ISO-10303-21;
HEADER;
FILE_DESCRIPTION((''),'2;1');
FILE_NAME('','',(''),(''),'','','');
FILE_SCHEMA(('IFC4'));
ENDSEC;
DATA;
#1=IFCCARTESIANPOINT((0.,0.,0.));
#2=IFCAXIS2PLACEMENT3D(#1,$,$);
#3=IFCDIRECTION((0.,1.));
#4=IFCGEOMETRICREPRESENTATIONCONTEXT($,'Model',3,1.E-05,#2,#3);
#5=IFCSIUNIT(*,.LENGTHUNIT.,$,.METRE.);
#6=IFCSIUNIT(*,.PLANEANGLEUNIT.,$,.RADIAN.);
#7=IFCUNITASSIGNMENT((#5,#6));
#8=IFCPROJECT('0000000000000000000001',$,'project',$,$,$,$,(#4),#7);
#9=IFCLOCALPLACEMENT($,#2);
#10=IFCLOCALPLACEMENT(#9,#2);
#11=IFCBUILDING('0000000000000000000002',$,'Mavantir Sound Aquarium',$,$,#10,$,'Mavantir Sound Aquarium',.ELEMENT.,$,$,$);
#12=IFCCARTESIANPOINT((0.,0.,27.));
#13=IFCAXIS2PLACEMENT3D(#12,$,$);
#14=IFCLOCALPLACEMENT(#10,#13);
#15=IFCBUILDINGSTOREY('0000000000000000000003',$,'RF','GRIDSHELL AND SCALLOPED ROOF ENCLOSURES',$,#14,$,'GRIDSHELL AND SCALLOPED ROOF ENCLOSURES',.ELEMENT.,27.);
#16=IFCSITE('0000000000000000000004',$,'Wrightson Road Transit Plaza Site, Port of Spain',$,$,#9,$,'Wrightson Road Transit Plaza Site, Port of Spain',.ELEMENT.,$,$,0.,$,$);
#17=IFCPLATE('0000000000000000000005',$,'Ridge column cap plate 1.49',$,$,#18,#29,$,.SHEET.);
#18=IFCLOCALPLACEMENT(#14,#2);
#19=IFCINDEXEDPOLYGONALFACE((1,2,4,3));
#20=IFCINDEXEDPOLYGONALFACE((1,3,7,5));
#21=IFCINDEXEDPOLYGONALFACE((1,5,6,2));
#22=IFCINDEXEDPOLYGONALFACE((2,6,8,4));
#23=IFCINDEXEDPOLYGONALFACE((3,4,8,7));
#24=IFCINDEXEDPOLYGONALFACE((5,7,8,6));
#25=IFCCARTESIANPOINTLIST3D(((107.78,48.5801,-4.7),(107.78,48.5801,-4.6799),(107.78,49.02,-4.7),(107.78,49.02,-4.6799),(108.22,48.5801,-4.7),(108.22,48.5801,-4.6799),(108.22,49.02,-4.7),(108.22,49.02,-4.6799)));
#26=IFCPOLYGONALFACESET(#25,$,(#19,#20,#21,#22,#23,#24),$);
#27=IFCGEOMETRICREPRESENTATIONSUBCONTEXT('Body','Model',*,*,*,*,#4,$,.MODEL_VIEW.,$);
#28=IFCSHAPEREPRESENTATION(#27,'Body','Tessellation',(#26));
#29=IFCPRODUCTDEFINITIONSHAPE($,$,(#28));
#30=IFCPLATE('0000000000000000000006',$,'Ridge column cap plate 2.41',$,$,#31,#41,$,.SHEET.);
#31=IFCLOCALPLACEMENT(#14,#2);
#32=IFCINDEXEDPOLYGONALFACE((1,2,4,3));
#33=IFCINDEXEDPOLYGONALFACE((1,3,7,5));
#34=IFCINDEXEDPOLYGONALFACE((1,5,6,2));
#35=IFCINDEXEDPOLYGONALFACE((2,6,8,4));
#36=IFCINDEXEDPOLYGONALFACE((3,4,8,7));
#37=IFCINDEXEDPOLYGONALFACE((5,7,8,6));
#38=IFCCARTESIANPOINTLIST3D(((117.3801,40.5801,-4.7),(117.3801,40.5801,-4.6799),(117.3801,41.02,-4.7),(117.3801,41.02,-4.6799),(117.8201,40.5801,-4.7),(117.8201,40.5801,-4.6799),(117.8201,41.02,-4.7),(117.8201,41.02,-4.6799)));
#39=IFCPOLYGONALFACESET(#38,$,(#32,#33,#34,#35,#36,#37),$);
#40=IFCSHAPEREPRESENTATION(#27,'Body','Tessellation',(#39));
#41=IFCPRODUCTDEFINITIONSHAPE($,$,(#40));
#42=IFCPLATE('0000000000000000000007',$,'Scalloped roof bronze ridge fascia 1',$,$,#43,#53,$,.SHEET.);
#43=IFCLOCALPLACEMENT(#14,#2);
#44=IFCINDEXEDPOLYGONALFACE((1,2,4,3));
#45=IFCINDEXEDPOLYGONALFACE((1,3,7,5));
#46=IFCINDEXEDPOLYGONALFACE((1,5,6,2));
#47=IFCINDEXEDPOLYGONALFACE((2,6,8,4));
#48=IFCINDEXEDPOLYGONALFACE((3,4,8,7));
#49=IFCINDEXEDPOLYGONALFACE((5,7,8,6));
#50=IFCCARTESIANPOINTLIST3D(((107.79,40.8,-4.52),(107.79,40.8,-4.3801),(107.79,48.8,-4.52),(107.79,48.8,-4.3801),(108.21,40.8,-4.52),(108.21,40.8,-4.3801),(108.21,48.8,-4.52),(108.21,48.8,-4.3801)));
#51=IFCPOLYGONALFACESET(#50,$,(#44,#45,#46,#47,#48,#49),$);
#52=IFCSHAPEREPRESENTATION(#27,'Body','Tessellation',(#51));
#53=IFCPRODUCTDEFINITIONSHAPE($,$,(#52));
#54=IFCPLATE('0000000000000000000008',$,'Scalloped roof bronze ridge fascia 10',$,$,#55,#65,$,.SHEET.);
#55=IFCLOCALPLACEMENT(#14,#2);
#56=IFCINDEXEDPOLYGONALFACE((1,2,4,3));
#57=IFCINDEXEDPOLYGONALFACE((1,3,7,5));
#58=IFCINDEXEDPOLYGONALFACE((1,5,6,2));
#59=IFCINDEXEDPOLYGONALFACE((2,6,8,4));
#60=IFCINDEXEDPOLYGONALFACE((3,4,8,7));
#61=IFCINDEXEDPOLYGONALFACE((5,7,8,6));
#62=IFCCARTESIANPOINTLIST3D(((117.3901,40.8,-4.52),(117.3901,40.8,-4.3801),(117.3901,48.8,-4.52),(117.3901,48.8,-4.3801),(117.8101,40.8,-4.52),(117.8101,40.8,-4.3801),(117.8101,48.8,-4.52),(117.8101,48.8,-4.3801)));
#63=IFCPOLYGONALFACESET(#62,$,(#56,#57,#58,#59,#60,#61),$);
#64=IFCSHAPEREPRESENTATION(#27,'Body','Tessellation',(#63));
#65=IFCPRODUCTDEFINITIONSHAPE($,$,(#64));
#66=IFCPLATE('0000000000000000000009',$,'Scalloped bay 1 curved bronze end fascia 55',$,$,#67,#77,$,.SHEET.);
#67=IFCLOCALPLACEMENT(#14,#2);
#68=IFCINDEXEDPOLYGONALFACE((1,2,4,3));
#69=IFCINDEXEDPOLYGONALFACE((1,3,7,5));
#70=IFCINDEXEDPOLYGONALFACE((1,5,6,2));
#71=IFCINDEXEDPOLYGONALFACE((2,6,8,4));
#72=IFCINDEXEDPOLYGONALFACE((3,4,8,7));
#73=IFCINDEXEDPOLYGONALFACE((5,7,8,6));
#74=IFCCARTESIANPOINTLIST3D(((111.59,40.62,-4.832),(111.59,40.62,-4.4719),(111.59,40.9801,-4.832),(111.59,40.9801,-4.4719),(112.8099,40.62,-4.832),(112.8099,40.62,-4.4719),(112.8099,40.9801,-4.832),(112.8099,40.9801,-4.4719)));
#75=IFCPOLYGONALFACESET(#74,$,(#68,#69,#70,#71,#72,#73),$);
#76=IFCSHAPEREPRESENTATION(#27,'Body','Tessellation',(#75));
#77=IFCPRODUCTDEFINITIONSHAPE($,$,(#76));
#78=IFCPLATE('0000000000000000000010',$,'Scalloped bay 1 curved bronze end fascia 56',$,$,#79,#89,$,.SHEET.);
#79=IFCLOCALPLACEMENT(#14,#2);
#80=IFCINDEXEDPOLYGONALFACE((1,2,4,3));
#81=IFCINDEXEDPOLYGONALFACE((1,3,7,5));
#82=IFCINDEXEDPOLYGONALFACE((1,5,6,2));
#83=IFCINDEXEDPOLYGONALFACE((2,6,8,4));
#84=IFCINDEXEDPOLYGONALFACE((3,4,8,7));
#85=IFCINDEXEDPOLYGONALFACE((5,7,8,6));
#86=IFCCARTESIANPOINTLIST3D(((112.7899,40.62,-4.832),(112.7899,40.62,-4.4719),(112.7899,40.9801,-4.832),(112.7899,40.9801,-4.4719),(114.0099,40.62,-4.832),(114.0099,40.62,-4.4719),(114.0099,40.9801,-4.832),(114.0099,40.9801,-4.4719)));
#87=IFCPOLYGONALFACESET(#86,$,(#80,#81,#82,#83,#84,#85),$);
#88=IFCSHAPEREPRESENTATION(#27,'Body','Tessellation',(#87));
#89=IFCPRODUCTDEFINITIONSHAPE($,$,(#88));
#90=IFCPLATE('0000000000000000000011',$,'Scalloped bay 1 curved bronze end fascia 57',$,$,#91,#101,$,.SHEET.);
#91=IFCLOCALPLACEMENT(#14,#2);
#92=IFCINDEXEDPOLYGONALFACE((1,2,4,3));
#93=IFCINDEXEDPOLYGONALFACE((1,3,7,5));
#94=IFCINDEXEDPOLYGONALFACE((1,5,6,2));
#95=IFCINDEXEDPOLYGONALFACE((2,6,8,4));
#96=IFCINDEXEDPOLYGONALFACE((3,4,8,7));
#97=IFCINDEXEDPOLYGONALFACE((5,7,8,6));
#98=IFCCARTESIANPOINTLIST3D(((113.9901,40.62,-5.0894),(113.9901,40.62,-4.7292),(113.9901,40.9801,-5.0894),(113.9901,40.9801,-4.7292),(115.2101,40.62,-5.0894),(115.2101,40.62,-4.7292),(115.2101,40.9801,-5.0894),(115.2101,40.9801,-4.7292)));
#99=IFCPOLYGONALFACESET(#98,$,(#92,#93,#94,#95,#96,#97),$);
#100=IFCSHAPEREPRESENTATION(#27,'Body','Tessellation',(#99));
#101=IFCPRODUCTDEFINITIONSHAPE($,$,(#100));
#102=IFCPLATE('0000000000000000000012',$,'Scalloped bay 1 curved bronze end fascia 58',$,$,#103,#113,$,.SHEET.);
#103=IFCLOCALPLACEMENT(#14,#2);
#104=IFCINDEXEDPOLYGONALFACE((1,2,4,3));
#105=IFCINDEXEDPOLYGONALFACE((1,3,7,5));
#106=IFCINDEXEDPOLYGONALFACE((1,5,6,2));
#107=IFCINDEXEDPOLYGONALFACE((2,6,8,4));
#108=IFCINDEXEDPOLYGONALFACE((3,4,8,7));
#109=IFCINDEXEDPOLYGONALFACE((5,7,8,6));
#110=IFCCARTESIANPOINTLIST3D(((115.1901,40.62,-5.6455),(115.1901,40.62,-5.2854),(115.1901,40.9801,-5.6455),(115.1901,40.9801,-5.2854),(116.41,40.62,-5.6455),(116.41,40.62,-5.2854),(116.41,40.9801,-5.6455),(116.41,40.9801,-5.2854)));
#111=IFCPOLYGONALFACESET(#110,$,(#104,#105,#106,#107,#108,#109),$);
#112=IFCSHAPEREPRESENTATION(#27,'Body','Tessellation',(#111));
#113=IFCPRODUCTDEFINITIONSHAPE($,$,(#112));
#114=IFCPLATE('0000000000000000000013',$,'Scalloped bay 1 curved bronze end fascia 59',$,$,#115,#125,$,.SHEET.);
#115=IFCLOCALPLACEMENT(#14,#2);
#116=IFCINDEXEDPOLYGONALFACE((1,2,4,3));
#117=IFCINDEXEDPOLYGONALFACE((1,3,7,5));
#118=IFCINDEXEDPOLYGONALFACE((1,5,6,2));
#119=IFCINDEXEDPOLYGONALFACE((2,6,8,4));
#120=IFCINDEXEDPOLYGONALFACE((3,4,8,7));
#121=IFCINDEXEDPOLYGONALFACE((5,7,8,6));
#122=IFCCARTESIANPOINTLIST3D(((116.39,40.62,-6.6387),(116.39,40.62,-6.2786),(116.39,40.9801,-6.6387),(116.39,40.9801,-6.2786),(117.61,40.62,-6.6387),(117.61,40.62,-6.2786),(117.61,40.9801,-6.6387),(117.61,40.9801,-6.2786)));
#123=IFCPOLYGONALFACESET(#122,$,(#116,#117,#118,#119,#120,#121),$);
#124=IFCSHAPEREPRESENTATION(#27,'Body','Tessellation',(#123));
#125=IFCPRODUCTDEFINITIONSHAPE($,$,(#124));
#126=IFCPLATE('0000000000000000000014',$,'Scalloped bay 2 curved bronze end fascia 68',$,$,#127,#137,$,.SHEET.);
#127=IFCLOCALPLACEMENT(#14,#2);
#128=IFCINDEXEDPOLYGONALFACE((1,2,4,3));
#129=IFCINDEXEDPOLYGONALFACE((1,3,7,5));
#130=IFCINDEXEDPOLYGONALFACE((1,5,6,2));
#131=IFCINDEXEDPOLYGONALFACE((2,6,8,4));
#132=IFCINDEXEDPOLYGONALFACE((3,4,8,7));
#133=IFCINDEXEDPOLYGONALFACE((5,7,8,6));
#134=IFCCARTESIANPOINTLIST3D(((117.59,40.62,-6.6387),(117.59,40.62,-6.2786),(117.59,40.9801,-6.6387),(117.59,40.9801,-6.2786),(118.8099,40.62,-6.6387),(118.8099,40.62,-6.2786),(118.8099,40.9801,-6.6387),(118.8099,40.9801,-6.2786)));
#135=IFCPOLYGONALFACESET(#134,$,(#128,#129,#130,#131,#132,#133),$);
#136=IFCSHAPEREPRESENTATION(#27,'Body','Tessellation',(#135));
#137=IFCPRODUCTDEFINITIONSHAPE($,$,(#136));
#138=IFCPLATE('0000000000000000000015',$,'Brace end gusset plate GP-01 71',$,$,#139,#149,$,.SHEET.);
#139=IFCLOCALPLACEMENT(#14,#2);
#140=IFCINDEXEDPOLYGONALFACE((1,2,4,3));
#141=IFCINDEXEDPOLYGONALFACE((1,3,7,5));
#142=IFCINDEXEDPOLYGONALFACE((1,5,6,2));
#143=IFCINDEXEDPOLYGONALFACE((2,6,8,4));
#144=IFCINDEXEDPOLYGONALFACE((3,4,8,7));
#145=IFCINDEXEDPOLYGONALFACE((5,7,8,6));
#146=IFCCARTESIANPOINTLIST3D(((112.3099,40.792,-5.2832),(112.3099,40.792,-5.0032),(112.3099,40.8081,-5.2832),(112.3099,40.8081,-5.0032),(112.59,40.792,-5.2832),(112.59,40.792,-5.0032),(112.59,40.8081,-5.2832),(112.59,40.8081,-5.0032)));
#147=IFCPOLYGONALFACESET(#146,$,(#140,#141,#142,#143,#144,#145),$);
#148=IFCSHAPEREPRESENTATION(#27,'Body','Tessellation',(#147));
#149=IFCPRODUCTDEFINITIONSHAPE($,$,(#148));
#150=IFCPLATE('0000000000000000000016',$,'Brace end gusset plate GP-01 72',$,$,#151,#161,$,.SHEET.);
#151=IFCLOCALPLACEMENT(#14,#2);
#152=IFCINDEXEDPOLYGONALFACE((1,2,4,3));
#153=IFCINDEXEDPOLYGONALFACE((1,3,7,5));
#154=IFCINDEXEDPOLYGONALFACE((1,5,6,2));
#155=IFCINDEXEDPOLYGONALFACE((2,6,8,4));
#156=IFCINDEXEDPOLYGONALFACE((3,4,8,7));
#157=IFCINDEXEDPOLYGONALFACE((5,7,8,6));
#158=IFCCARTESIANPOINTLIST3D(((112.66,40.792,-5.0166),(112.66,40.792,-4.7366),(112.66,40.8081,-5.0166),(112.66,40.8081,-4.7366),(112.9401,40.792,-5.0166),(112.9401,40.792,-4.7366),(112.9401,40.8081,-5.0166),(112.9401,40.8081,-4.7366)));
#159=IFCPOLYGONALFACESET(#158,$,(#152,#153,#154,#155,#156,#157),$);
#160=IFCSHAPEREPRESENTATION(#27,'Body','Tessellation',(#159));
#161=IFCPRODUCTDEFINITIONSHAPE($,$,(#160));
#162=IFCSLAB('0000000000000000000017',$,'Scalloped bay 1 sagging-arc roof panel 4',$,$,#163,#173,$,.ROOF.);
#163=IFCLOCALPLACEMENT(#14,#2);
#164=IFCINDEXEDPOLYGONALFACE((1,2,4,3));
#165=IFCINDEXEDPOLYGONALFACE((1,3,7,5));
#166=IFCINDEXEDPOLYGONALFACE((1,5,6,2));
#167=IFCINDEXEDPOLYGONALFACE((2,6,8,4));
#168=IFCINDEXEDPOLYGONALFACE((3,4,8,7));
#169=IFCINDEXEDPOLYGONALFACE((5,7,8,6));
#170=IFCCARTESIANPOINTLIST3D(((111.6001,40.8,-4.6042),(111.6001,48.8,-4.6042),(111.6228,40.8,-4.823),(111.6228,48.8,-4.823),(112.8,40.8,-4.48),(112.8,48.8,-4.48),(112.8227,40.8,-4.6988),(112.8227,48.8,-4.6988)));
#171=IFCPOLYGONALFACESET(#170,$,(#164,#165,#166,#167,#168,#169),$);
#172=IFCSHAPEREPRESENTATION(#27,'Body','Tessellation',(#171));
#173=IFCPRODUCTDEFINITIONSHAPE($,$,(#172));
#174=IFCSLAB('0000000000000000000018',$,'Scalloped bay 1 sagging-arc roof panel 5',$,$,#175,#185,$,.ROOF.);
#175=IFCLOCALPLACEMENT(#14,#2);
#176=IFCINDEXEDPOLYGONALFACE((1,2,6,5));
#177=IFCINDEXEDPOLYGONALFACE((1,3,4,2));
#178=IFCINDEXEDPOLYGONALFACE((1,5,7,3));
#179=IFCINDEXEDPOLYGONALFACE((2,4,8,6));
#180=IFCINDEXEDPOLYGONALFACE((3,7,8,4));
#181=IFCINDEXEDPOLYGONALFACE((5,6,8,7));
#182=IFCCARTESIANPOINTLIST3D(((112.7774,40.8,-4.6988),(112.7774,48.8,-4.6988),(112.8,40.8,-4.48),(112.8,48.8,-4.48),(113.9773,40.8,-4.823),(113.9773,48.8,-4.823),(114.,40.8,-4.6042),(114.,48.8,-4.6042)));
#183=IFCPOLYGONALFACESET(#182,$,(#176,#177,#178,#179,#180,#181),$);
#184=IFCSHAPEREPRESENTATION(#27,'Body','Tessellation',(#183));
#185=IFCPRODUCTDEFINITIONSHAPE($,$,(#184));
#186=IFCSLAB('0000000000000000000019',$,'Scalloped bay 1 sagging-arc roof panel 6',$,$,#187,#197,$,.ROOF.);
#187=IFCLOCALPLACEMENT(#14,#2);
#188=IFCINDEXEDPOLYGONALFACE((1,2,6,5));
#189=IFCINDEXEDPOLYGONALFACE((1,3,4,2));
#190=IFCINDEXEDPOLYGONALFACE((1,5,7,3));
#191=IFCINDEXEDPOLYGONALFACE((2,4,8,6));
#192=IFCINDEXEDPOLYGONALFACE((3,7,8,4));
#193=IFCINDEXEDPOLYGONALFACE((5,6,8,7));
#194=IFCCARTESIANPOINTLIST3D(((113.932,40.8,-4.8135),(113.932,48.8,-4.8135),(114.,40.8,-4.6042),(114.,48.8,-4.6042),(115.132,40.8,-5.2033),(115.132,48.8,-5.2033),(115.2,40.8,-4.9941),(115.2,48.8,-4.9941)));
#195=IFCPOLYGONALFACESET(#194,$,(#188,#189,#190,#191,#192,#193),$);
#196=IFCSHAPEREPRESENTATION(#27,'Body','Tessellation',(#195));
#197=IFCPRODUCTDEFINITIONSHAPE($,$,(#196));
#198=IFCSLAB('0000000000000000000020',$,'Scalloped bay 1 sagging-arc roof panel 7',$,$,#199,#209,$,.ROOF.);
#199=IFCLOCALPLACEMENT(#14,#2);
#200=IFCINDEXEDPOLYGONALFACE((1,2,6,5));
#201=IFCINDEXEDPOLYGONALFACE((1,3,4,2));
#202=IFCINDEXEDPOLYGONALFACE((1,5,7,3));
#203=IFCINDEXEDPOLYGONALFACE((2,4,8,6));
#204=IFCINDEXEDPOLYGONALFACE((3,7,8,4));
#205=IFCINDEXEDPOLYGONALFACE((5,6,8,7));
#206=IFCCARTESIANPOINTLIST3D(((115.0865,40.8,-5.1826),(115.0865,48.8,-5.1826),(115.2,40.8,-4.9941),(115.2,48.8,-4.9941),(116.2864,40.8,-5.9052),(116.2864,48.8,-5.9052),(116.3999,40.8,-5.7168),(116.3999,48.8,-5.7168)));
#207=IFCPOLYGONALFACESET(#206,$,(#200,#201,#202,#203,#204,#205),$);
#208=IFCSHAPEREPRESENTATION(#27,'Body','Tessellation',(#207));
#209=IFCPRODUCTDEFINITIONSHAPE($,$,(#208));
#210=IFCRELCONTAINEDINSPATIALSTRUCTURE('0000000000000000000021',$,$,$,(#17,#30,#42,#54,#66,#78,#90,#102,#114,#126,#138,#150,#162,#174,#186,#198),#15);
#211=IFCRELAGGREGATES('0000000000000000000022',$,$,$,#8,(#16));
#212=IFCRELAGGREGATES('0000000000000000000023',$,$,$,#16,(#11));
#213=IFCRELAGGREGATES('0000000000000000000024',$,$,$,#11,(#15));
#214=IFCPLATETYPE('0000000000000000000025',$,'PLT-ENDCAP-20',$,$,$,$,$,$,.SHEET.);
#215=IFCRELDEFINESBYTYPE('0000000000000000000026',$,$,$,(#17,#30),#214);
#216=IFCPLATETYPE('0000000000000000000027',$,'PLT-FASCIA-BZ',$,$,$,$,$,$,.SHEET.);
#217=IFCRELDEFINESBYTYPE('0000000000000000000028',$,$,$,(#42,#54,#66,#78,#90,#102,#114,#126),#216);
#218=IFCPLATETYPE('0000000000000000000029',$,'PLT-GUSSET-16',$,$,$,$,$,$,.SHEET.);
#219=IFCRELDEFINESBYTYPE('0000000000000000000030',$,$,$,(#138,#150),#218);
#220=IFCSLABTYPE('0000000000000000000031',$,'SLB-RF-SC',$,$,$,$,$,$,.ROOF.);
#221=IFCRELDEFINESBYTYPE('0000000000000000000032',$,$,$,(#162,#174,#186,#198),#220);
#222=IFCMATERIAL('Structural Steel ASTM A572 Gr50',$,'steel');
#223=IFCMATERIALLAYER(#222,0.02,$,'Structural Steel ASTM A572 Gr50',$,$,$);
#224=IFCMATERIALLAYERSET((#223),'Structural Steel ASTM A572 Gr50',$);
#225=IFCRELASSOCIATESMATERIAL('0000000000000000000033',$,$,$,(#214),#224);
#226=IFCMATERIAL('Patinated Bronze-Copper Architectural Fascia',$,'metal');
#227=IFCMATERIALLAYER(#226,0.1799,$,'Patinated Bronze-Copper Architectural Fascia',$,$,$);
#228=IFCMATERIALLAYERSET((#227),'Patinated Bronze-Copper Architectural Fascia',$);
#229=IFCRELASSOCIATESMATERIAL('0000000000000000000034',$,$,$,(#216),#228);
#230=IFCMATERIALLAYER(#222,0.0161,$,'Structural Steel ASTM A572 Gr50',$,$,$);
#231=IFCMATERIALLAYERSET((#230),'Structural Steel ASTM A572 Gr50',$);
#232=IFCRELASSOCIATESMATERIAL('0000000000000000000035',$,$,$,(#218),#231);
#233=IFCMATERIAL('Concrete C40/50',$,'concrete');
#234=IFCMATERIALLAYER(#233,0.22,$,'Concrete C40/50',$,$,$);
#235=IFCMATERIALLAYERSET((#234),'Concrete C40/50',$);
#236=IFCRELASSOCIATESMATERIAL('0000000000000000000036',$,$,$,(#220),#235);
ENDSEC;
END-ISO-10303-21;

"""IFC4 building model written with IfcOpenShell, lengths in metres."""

from ifc_helpers import new_model, si_unit, direction, frame, origin, origin_2d, place, context, subcontext, project, spatial, polyline, rectangle, outline, extrude, material, layer, layer_set, type_object, element, save


model = new_model("IFC4")

# Units and contexts
model_context = context("Model", 3, precision=1e-05, world=origin(), true_north=direction((0.0, 1.0)))
body_context = subcontext(model_context, "Body", "Model", "MODEL_VIEW")
ifc_project = project(units=[si_unit("LENGTHUNIT", "METRE"), si_unit("PLANEANGLEUNIT", "RADIAN")], contexts=[model_context])

# Site, building, storey
site_placement = place(None, origin())
site = spatial("IfcSite", under=ifc_project, at=site_placement, Name="Wrightson Road Transit Plaza Site, Port of Spain", LongName="Wrightson Road Transit Plaza Site, Port of Spain", CompositionType="ELEMENT", RefElevation=0.0)
building_placement = place(site_placement, origin())
building = spatial("IfcBuilding", under=site, at=building_placement, Name="Mavantir Sound Aquarium", LongName="Mavantir Sound Aquarium", CompositionType="ELEMENT")
storey_placement = place(building_placement, frame((0.0, 0.0, 27.0)))
storey = spatial("IfcBuildingStorey", under=building, at=storey_placement, Name="RF", Description="GRIDSHELL AND SCALLOPED ROOF ENCLOSURES", LongName="GRIDSHELL AND SCALLOPED ROOF ENCLOSURES", CompositionType="ELEMENT", Elevation=27.0)

# Shared definitions
ifc_material_1 = material(Name="Concrete C40/50", Category="concrete")

# Plates
ifc_material_2 = material(Name="Structural Steel ASTM A572 Gr50", Category="steel")
ifc_layer_1 = layer(ifc_material_2, 0.02, Name="Structural Steel ASTM A572 Gr50")
ifc_layer_set_1 = layer_set([ifc_layer_1], Name="Structural Steel ASTM A572 Gr50")
plate_type_1 = type_object("IfcPlateType", Name="PLT-ENDCAP-20", PredefinedType="SHEET", material=ifc_layer_set_1)
for number, where, z_axis, x_axis, name in (
    (1, (108.0, 48.8, -4.7), (0.0, 0.0, 1.0), (1.0, 0.0, 0.0), "Ridge column cap plate 1.49"),
    (2, (117.6001, 40.8, -4.7), (0.0, 0.0, 1.0), (1.0, 0.0, 0.0), "Ridge column cap plate 2.41"),
):
    element("IfcPlate", number, at=place(storey_placement, frame(where, z_axis=z_axis, x_axis=x_axis)), inside=storey, type_object=plate_type_1, Name=name, PredefinedType="SHEET", context=body_context, shape_type="SweptSolid", body=[
        extrude(rectangle(XDim=0.4399, YDim=0.4399, at=origin_2d()), origin(), (0.0, 0.0, 1.0), 0.02),
    ])
ifc_material_3 = material(Name="Patinated Bronze-Copper Architectural Fascia", Category="metal")
ifc_layer_2 = layer(ifc_material_3, 0.1799, Name="Patinated Bronze-Copper Architectural Fascia")
ifc_layer_set_2 = layer_set([ifc_layer_2], Name="Patinated Bronze-Copper Architectural Fascia")
plate_type_2 = type_object("IfcPlateType", Name="PLT-FASCIA-BZ", PredefinedType="SHEET", material=ifc_layer_set_2)
for number, where, z_axis, x_axis, name in (
    (3, (108.0, 44.8, -4.52), (0.0, 0.0, 1.0), (1.0, 0.0, 0.0), "Scalloped roof bronze ridge fascia 1"),
    (4, (117.6001, 44.8, -4.52), (0.0, 0.0, 1.0), (1.0, 0.0, 0.0), "Scalloped roof bronze ridge fascia 10"),
):
    element("IfcPlate", number, at=place(storey_placement, frame(where, z_axis=z_axis, x_axis=x_axis)), inside=storey, type_object=plate_type_2, Name=name, PredefinedType="SHEET", context=body_context, shape_type="SweptSolid", body=[
        extrude(rectangle(XDim=0.4199, YDim=8.0, at=origin_2d()), origin(), (0.0, 0.0, 1.0), 0.1399),
    ])
for number, where, z_axis, x_axis, name in (
    (5, (112.2, 40.8, -4.832), (0.0, 0.0, 1.0), (1.0, 0.0, 0.0), "Scalloped bay 1 curved bronze end fascia 55"),
    (6, (113.3999, 40.8, -4.832), (0.0, 0.0, 1.0), (1.0, 0.0, 0.0), "Scalloped bay 1 curved bronze end fascia 56"),
    (7, (114.6001, 40.8, -5.0894), (0.0, 0.0, 1.0), (1.0, 0.0, 0.0), "Scalloped bay 1 curved bronze end fascia 57"),
    (8, (115.8, 40.8, -5.6455), (0.0, 0.0, 1.0), (1.0, 0.0, 0.0), "Scalloped bay 1 curved bronze end fascia 58"),
    (9, (117.0, 40.8, -6.6387), (0.0, 0.0, 1.0), (1.0, 0.0, 0.0), "Scalloped bay 1 curved bronze end fascia 59"),
    (10, (118.2, 40.8, -6.6387), (0.0, 0.0, 1.0), (1.0, 0.0, 0.0), "Scalloped bay 2 curved bronze end fascia 68"),
):
    element("IfcPlate", number, at=place(storey_placement, frame(where, z_axis=z_axis, x_axis=x_axis)), inside=storey, type_object=plate_type_2, Name=name, PredefinedType="SHEET", context=body_context, shape_type="SweptSolid", body=[
        extrude(rectangle(XDim=1.22, YDim=0.3601, at=origin_2d()), origin(), (0.0, 0.0, 1.0), 0.3601),
    ])
ifc_layer_3 = layer(ifc_material_2, 0.0161, Name="Structural Steel ASTM A572 Gr50")
ifc_layer_set_3 = layer_set([ifc_layer_3], Name="Structural Steel ASTM A572 Gr50")
plate_type_3 = type_object("IfcPlateType", Name="PLT-GUSSET-16", PredefinedType="SHEET", material=ifc_layer_set_3)
for number, where, z_axis, x_axis, name in (
    (11, (112.45, 40.8, -5.2832), (0.0, 0.0, 1.0), (1.0, 0.0, 0.0), "Brace end gusset plate GP-01 71"),
    (12, (112.8, 40.8, -5.0166), (0.0, 0.0, 1.0), (1.0, 0.0, 0.0), "Brace end gusset plate GP-01 72"),
):
    element("IfcPlate", number, at=place(storey_placement, frame(where, z_axis=z_axis, x_axis=x_axis)), inside=storey, type_object=plate_type_3, Name=name, PredefinedType="SHEET", context=body_context, shape_type="SweptSolid", body=[
        extrude(rectangle(XDim=0.28, YDim=0.0161, at=origin_2d()), origin(), (0.0, 0.0, 1.0), 0.28),
    ])

# Slabs
ifc_layer_4 = layer(ifc_material_1, 0.22, Name="Concrete C40/50")
ifc_layer_set_4 = layer_set([ifc_layer_4], Name="Concrete C40/50")
slab_type = type_object("IfcSlabType", Name="SLB-RF-SC", PredefinedType="ROOF", material=ifc_layer_set_4)
for number, where, z_axis, x_axis, name in (
    (13, (111.6001, 40.8, -4.6042), (-0.10301, 0.0, 0.99468), (0.99468, 0.0, 0.10301), "Scalloped bay 1 sagging-arc roof panel 4"),
    (14, (112.8, 40.8, -4.48), (0.10301, 0.0, 0.99468), (0.99468, 0.0, -0.10301), "Scalloped bay 1 sagging-arc roof panel 5"),
):
    element("IfcSlab", number, at=place(storey_placement, frame(where, z_axis=z_axis, x_axis=x_axis)), inside=storey, type_object=slab_type, Name=name, PredefinedType="ROOF", context=body_context, shape_type="SweptSolid", body=[
        extrude(outline(polyline([(0.0, 0.0), (1.2064, 0.0), (1.2064, 8.0), (0.0, 8.0), (0.0, 0.0)])), origin(), (0.0, 0.0, -1.0), 0.22),
    ])
slab_1_placement = place(storey_placement, frame((114.0, 40.8, -4.6042), z_axis=(0.30902, 0.0, 0.951055), x_axis=(0.951055, 0.0, -0.30902)))
element("IfcSlab", 15, at=slab_1_placement, inside=storey, type_object=slab_type, Name="Scalloped bay 1 sagging-arc roof panel 6", PredefinedType="ROOF", context=body_context, shape_type="SweptSolid", body=[
    extrude(outline(polyline([(0.0, 0.0), (1.2617, 0.0), (1.2617, 8.0), (0.0, 8.0), (0.0, 0.0)])), origin(), (0.0, 0.0, -1.0), 0.22),
])
slab_2_placement = place(storey_placement, frame((115.2, 40.8, -4.9941), z_axis=(0.515905, 0.0, 0.856646), x_axis=(0.856646, 0.0, -0.515905)))
element("IfcSlab", 16, at=slab_2_placement, inside=storey, type_object=slab_type, Name="Scalloped bay 1 sagging-arc roof panel 7", PredefinedType="ROOF", context=body_context, shape_type="SweptSolid", body=[
    extrude(outline(polyline([(0.0, 0.0), (1.4008, 0.0), (1.4008, 8.0), (0.0, 8.0), (0.0, 0.0)])), origin(), (0.0, 0.0, -1.0), 0.22),
])

save(model, "model.ifc")
